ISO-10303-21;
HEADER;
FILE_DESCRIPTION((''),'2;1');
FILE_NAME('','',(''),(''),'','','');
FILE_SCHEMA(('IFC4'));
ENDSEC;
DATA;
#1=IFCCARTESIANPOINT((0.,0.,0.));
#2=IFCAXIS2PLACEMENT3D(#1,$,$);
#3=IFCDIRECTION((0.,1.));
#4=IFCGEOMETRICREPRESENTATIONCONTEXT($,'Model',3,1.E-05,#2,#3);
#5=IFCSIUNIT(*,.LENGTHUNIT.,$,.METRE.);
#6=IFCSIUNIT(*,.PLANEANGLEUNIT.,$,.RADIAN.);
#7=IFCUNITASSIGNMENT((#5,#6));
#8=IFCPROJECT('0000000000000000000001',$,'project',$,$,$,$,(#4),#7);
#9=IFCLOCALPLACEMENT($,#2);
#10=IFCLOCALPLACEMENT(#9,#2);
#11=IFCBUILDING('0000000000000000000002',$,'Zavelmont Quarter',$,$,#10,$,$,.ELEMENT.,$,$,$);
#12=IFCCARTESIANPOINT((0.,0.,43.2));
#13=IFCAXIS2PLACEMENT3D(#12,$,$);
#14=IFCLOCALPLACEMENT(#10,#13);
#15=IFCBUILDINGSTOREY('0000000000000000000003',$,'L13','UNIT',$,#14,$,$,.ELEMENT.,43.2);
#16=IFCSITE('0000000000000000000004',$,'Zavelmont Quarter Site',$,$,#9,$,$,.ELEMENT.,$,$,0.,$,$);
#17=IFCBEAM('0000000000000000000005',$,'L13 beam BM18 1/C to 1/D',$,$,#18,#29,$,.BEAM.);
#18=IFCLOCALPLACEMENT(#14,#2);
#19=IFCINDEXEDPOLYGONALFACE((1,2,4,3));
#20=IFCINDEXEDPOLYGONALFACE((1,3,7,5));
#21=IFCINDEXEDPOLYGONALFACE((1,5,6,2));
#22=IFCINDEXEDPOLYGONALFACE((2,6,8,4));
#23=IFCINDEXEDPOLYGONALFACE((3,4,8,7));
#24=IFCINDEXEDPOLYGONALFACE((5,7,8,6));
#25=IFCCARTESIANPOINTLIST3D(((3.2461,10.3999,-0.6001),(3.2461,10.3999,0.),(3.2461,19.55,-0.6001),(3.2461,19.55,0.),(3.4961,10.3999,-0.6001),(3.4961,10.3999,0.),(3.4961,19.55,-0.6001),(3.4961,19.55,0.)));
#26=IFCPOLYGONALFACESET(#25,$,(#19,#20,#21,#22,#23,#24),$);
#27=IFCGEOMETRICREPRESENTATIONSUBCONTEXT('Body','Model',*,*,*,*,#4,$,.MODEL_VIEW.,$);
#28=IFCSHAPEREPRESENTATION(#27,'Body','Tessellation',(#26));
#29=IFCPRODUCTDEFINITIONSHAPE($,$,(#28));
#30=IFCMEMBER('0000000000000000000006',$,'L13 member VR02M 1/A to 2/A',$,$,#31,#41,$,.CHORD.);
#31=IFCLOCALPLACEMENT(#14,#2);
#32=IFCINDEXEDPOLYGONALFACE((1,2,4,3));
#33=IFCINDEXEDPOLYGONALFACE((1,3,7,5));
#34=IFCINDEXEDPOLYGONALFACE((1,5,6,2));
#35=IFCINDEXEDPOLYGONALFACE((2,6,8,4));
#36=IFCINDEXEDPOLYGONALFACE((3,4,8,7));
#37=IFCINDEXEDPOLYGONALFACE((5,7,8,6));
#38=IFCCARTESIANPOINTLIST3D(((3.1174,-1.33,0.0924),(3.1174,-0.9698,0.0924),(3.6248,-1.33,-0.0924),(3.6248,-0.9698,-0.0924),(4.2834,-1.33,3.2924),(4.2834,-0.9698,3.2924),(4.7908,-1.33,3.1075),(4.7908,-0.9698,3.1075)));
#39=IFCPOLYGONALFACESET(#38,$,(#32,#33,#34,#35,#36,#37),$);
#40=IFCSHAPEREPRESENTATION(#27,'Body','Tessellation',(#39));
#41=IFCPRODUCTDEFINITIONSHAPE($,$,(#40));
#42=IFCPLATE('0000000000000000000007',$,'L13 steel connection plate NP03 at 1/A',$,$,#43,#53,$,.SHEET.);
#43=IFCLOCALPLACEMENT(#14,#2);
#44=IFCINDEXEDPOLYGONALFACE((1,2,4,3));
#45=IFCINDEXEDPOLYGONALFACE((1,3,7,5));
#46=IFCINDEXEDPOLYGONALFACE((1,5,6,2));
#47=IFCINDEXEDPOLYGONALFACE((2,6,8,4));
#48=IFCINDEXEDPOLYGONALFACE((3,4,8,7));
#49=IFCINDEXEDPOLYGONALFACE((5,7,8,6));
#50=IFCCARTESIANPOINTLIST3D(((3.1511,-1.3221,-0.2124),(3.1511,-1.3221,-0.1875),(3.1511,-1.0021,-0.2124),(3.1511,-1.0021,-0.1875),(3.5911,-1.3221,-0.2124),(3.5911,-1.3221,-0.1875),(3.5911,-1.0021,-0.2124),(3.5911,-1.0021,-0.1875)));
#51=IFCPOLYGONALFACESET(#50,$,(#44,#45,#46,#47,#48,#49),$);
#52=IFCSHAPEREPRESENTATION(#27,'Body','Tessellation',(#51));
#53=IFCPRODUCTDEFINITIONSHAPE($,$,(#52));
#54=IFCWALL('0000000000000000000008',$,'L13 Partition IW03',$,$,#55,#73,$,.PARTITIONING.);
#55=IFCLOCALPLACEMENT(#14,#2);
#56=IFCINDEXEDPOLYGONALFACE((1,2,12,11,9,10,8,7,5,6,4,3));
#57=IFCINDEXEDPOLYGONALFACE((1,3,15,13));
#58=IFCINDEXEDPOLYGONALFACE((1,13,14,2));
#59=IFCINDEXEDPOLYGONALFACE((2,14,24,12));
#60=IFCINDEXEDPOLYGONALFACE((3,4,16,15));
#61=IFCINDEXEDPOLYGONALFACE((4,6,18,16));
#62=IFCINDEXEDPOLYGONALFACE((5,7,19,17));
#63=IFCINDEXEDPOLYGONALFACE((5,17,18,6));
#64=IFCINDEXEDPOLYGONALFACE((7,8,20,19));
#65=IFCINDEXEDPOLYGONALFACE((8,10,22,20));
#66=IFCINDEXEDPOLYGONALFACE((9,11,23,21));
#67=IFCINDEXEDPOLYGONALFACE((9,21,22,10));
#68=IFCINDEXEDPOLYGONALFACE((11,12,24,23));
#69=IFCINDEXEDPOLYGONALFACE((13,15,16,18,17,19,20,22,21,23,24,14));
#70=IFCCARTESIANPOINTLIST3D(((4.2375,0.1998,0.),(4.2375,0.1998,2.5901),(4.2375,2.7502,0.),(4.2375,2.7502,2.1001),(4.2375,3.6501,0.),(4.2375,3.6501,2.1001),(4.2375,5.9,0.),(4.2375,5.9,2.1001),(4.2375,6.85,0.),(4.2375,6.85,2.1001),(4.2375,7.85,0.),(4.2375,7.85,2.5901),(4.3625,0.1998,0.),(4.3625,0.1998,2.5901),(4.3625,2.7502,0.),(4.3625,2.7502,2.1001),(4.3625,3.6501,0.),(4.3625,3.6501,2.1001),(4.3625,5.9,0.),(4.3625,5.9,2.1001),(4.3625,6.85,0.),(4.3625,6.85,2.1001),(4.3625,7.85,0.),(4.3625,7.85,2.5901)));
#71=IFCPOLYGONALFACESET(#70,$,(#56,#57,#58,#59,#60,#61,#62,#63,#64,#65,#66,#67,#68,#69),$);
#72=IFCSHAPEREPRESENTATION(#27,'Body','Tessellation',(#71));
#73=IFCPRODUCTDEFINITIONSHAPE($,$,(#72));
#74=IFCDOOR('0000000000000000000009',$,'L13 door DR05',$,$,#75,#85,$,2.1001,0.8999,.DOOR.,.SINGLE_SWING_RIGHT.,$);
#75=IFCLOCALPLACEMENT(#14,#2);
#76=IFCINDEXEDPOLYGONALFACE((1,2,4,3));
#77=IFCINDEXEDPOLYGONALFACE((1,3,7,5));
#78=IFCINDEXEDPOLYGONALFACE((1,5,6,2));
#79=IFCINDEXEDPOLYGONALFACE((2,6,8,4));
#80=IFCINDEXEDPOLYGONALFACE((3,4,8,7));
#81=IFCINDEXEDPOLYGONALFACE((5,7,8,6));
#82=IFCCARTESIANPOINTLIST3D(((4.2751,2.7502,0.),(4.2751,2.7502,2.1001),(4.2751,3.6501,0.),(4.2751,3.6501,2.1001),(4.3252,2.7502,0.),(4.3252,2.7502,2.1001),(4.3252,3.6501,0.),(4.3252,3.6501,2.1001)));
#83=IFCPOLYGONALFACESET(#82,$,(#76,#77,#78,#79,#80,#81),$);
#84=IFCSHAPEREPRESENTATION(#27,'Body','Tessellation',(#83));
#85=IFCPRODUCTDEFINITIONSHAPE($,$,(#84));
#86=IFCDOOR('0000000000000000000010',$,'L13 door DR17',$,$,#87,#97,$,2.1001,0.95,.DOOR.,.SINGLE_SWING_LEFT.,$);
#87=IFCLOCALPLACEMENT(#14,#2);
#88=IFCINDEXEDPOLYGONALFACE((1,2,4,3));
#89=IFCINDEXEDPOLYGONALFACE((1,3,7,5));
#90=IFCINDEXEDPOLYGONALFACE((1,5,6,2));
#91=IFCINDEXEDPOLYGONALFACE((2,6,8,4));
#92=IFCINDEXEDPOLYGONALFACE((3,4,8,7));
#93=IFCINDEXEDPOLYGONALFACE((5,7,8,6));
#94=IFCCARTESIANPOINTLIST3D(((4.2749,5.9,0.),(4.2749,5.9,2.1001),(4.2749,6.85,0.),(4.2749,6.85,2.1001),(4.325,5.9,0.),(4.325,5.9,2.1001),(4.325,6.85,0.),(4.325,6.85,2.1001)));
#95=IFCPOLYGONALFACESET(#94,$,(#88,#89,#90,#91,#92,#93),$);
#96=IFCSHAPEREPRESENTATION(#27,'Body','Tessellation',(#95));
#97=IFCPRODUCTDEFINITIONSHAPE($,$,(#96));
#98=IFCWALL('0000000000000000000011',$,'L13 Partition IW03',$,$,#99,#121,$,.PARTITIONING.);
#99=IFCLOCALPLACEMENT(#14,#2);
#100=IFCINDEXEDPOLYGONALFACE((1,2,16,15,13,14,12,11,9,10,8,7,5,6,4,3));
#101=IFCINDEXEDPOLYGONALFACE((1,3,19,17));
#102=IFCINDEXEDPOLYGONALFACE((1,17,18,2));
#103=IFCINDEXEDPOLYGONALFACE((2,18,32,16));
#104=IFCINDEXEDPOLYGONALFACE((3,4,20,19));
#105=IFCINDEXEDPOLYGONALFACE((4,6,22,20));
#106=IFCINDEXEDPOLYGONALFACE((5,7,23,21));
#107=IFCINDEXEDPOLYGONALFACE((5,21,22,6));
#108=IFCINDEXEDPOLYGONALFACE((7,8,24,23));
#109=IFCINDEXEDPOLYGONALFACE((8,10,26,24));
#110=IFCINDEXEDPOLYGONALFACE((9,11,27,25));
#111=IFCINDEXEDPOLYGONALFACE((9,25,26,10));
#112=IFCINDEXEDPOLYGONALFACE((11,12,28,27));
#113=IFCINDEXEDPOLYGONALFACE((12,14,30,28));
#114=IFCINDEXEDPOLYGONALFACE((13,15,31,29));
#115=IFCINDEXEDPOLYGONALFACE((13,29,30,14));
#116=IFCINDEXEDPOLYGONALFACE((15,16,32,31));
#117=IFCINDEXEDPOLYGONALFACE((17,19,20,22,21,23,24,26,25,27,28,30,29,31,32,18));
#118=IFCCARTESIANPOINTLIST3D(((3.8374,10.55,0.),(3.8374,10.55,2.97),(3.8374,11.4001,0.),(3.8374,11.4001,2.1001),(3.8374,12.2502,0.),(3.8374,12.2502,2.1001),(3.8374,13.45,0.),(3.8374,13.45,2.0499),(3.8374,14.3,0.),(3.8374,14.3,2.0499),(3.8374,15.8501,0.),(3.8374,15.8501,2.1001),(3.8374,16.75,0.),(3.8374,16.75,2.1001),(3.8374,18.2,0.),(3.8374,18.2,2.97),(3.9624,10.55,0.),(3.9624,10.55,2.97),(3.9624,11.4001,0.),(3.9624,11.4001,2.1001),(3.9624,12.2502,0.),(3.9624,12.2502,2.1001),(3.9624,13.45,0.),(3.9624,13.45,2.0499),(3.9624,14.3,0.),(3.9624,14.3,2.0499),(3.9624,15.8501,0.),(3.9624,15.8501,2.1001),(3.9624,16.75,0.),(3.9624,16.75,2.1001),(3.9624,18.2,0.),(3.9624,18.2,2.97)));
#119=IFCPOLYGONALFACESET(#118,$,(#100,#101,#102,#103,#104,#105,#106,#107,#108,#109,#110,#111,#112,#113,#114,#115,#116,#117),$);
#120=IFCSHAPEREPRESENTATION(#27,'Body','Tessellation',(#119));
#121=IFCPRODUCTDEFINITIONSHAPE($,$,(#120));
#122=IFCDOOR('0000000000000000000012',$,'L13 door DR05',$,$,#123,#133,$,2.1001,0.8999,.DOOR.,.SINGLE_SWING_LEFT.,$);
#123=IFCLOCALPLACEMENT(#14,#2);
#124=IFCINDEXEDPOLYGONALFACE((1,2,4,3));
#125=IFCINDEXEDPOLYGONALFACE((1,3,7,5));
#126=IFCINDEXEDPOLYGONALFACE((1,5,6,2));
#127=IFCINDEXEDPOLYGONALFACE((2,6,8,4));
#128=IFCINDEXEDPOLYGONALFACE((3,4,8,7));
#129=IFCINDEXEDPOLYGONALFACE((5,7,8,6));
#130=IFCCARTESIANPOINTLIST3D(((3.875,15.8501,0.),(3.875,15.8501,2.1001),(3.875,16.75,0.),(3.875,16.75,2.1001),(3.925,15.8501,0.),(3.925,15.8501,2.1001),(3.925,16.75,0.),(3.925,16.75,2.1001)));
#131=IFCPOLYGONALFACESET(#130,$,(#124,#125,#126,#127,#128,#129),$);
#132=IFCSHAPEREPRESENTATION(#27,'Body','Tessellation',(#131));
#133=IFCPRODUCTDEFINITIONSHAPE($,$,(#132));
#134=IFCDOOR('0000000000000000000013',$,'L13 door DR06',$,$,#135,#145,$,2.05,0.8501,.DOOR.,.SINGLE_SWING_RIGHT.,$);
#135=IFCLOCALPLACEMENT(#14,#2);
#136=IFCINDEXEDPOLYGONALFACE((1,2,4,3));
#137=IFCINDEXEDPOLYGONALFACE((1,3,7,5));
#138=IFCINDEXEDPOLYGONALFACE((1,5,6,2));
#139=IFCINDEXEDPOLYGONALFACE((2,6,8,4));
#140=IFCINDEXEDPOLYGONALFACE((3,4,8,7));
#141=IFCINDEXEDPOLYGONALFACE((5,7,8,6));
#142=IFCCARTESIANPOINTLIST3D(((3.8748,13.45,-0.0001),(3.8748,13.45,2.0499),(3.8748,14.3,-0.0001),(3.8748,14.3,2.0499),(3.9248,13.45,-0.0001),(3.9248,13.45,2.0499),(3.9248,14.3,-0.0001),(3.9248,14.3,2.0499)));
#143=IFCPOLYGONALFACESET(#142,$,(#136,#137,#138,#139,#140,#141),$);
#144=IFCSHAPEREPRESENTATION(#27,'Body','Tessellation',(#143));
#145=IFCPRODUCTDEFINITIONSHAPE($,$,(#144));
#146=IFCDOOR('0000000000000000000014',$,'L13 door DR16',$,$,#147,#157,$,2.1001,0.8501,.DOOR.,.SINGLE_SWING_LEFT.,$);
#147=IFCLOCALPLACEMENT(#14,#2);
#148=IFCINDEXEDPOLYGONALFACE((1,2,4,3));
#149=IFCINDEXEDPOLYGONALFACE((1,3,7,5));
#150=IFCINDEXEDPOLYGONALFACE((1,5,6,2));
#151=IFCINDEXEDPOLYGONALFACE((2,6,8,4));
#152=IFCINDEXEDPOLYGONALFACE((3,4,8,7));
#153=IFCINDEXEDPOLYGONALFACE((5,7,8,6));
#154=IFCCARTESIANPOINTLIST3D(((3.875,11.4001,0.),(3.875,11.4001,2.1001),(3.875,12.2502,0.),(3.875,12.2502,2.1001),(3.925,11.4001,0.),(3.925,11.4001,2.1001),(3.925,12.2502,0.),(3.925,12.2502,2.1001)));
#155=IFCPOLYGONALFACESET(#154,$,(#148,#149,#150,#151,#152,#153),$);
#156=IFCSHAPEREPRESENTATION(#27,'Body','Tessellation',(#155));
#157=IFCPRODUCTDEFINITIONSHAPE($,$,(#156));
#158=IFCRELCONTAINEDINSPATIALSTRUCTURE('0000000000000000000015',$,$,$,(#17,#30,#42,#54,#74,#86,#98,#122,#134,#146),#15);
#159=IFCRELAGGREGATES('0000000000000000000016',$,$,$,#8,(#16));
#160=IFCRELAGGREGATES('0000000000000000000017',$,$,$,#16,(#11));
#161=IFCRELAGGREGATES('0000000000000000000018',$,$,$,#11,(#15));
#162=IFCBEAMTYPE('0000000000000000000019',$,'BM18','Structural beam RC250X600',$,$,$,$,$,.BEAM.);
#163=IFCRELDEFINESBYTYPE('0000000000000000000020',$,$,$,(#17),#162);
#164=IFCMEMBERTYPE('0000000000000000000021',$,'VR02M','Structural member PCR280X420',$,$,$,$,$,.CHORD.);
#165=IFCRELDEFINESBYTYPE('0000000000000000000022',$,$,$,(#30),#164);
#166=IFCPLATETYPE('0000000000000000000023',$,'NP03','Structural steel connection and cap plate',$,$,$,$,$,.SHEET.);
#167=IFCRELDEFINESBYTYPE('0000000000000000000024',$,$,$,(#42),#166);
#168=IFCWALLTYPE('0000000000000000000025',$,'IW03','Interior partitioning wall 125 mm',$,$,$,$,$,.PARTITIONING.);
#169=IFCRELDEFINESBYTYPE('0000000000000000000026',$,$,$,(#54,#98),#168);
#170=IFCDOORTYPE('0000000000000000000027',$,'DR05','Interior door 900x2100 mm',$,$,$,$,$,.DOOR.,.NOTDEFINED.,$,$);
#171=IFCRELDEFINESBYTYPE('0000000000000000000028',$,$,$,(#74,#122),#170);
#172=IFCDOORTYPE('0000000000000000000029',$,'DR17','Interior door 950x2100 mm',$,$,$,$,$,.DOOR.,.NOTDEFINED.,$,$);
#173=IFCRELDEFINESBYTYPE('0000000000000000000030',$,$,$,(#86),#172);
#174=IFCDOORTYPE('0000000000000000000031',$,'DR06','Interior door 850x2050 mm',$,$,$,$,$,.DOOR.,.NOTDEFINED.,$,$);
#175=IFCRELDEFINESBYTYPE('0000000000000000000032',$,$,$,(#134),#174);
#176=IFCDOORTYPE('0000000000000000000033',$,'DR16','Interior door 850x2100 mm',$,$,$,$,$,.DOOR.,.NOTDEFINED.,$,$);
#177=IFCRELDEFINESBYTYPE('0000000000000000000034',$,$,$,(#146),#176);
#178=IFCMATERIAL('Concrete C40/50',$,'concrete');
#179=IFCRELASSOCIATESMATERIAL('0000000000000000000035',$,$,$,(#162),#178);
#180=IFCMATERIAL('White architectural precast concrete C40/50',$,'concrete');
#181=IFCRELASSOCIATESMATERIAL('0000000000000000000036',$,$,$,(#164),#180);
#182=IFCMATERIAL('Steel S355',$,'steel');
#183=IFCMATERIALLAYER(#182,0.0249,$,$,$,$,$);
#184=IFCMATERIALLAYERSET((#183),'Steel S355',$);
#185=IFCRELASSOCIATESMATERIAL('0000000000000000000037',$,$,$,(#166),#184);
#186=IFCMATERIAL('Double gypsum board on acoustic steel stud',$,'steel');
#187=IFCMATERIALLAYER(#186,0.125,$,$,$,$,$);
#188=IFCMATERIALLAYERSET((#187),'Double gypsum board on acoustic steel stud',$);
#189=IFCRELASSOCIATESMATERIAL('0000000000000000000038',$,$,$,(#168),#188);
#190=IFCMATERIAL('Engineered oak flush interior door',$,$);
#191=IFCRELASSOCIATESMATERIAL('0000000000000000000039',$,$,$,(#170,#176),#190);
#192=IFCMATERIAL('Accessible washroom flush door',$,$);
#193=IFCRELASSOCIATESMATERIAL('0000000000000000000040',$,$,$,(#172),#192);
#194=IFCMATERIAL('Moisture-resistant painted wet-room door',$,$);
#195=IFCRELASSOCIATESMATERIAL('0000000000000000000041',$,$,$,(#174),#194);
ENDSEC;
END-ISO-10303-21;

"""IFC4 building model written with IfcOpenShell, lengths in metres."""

from ifc_helpers import new_model, si_unit, direction, frame, frame_2d, origin, origin_with_axes, origin_2d, place, context, subcontext, project, spatial, rectangle, extrude, material, layer, layer_set, material_profile, profile_set, type_object, element, fill, save


model = new_model("IFC4")

# Units and contexts
model_context = context("Model", 3, precision=1e-05, world=origin(), true_north=direction((0.0, 1.0)))
body_context = subcontext(model_context, "Body", "Model", "MODEL_VIEW")
ifc_project = project(units=[si_unit("LENGTHUNIT", "METRE"), si_unit("PLANEANGLEUNIT", "RADIAN")], contexts=[model_context])

# Site, building, storey
site_placement = place(None, origin())
site = spatial("IfcSite", under=ifc_project, at=site_placement, Name="Zavelmont Quarter Site", CompositionType="ELEMENT", RefElevation=0.0)
building_placement = place(site_placement, origin())
building = spatial("IfcBuilding", under=site, at=building_placement, Name="Zavelmont Quarter", CompositionType="ELEMENT")
storey_placement = place(building_placement, frame((0.0, 0.0, 43.2)))
storey = spatial("IfcBuildingStorey", under=building, at=storey_placement, Name="L13", Description="UNIT", CompositionType="ELEMENT", Elevation=43.2)

# Beam
ifc_material_1 = material(Name="Steel S355", Category="steel")
ifc_material_2 = material(Name="Concrete C40/50", Category="concrete")
ifc_material_profile_1 = material_profile(ifc_material_2, rectangle(XDim=0.25, YDim=0.6001, at=origin_2d()), Name="RC250X600")
ifc_profile_set_1 = profile_set([ifc_material_profile_1], Name="Concrete C40/50")
beam_type_1 = type_object("IfcBeamType", Name="BM18", Description="Structural beam RC250X600", PredefinedType="BEAM", material=ifc_profile_set_1)
beam_1_placement = place(storey_placement, frame((3.3711, 10.3999, -0.3), z_axis=(0.0, 1.0, 0.0), x_axis=(-1.0, 0.0, 0.0)))
element("IfcBeam", 1, at=beam_1_placement, inside=storey, type_object=beam_type_1, Name="L13 beam BM18 1/C to 1/D", PredefinedType="BEAM", context=body_context, shape_type="SweptSolid", body=[
    extrude(rectangle(XDim=0.25, YDim=0.6001, at=origin_2d()), origin(), (0.0, 0.0, 1.0), 9.1501),
])

# Member
ifc_material_3 = material(Name="White architectural precast concrete C40/50", Category="concrete")
ifc_material_profile_2 = material_profile(ifc_material_3, rectangle(XDim=0.3601, YDim=0.54, at=origin_2d()), Name="PCR280X420")
ifc_profile_set_2 = profile_set([ifc_material_profile_2], Name="White architectural precast concrete C40/50")
member_type = type_object("IfcMemberType", Name="VR02M", Description="Structural member PCR280X420", PredefinedType="CHORD", material=ifc_profile_set_2)
member_placement = place(storey_placement, frame((3.3711, -1.1499, 0.0), z_axis=(0.342365, 0.0, 0.939567), x_axis=(0.0, 1.0, 0.0)))
element("IfcMember", 2, at=member_placement, inside=storey, type_object=member_type, Name="L13 member VR02M 1/A to 2/A", PredefinedType="CHORD", context=body_context, shape_type="SweptSolid", body=[
    extrude(rectangle(XDim=0.3601, YDim=0.54, at=origin_2d()), origin(), (0.0, 0.0, 1.0), 3.4058),
])

# Plate
ifc_layer_1 = layer(ifc_material_1, 0.0249)
ifc_layer_set_1 = layer_set([ifc_layer_1], Name="Steel S355")
plate_type = type_object("IfcPlateType", Name="NP03", Description="Structural steel connection and cap plate", PredefinedType="SHEET", material=ifc_layer_set_1)
plate_placement = place(storey_placement, frame((3.3711, -1.1621, -0.2124), z_axis=(0.0, 0.0, 1.0), x_axis=(1.0, 0.0, 0.0)))
element("IfcPlate", 3, at=plate_placement, inside=storey, type_object=plate_type, Name="L13 steel connection plate NP03 at 1/A", PredefinedType="SHEET", context=body_context, shape_type="SweptSolid", body=[
    extrude(rectangle(XDim=0.4399, YDim=0.3201, at=origin_2d()), origin(), (0.0, 0.0, 1.0), 0.0249),
])

# Walls, openings, doors
ifc_material_4 = material(Name="Double gypsum board on acoustic steel stud", Category="steel")
ifc_layer_2 = layer(ifc_material_4, 0.125)
ifc_layer_set_2 = layer_set([ifc_layer_2], Name="Double gypsum board on acoustic steel stud")
wall_type_1 = type_object("IfcWallType", Name="IW03", Description="Interior partitioning wall 125 mm", PredefinedType="PARTITIONING", material=ifc_layer_set_2)
wall_1_placement = place(storey_placement, frame((4.3, 7.8501, 0.0), z_axis=(0.0, 0.0, 1.0), x_axis=(0.0, -1.0, 0.0)))
wall_1 = element("IfcWall", 4, at=wall_1_placement, inside=storey, type_object=wall_type_1, Name="L13 Partition IW03", PredefinedType="PARTITIONING", context=body_context, shape_type="SweptSolid", body=[
    extrude(rectangle(XDim=7.6501, YDim=0.125, at=frame_2d((3.8252, 0.0))), origin(), (0.0, 0.0, 1.0), 2.5901),
])
opening_1_placement = place(wall_1_placement, frame((1.0, 0.0, 0.0)))
opening_1 = element("IfcOpeningElement", 5, at=opening_1_placement, cuts=wall_1, PredefinedType="OPENING", context=body_context, shape_type="SweptSolid", body=[
    extrude(rectangle(XDim=0.95, YDim=2.1001, at=frame_2d((0.4751, 1.05))), frame((0.0, 0.0745, 0.0), z_axis=(0.0, -1.0, 0.0), x_axis=(1.0, 0.0, 0.0)), (0.0, 0.0, 1.0), 0.1489),
])
opening_2_placement = place(wall_1_placement, frame((4.2, 0.0, 0.0)))
opening_2 = element("IfcOpeningElement", 6, at=opening_2_placement, cuts=wall_1, PredefinedType="OPENING", context=body_context, shape_type="SweptSolid", body=[
    extrude(rectangle(XDim=0.8999, YDim=2.1001, at=frame_2d((0.45, 1.05))), frame((0.0, 0.0745, 0.0), z_axis=(0.0, -1.0, 0.0), x_axis=(1.0, 0.0, 0.0)), (0.0, 0.0, 1.0), 0.1489),
])
ifc_material_5 = material(Name="Engineered oak flush interior door")
door_type_1 = type_object("IfcDoorType", Name="DR05", Description="Interior door 900x2100 mm", OperationType="NOTDEFINED", PredefinedType="DOOR", material=ifc_material_5)
door_1_placement = place(opening_2_placement, frame((0.8999, 0.0, 0.0), z_axis=(0.0, 0.0, 1.0), x_axis=(-1.0, 0.0, 0.0)))
door_1 = element("IfcDoor", 7, at=door_1_placement, inside=storey, type_object=door_type_1, Name="L13 door DR05", OperationType="SINGLE_SWING_RIGHT", OverallHeight=2.1001, OverallWidth=0.8999, PredefinedType="DOOR", context=body_context, shape_type="SweptSolid", body=[
    extrude(rectangle(XDim=0.8999, YDim=2.1001, at=frame_2d((0.45, 1.05))), frame((0.0, 0.0249, 0.0), z_axis=(0.0, -1.0, 0.0), x_axis=(1.0, 0.0, 0.0)), (0.0, 0.0, 1.0), 0.05),
])
fill(opening_2, door_1)
ifc_material_6 = material(Name="Accessible washroom flush door")
door_type_2 = type_object("IfcDoorType", Name="DR17", Description="Interior door 950x2100 mm", OperationType="NOTDEFINED", PredefinedType="DOOR", material=ifc_material_6)
door_2_placement = place(opening_1_placement, origin_with_axes())
door_2 = element("IfcDoor", 8, at=door_2_placement, inside=storey, type_object=door_type_2, Name="L13 door DR17", OperationType="SINGLE_SWING_LEFT", OverallHeight=2.1001, OverallWidth=0.95, PredefinedType="DOOR", context=body_context, shape_type="SweptSolid", body=[
    extrude(rectangle(XDim=0.95, YDim=2.1001, at=frame_2d((0.4751, 1.05))), frame((0.0, 0.0249, 0.0), z_axis=(0.0, -1.0, 0.0), x_axis=(1.0, 0.0, 0.0)), (0.0, 0.0, 1.0), 0.05),
])
fill(opening_1, door_2)
wall_2_placement = place(storey_placement, frame((3.8999, 10.55, 0.0), z_axis=(0.0, 0.0, 1.0), x_axis=(0.0, 1.0, 0.0)))
wall_2 = element("IfcWall", 9, at=wall_2_placement, inside=storey, type_object=wall_type_1, Name="L13 Partition IW03", PredefinedType="PARTITIONING", context=body_context, shape_type="SweptSolid", body=[
    extrude(rectangle(XDim=7.6499, YDim=0.125, at=frame_2d((3.825, 0.0))), origin(), (0.0, 0.0, 1.0), 2.97),
])
opening_3_placement = place(wall_2_placement, frame((0.8501, 0.0, 0.0)))
opening_3 = element("IfcOpeningElement", 10, at=opening_3_placement, cuts=wall_2, PredefinedType="OPENING", context=body_context, shape_type="SweptSolid", body=[
    extrude(rectangle(XDim=0.8501, YDim=2.1001, at=frame_2d((0.425, 1.05))), frame((0.0, 0.0745, 0.0), z_axis=(0.0, -1.0, 0.0), x_axis=(1.0, 0.0, 0.0)), (0.0, 0.0, 1.0), 0.1489),
])
opening_4_placement = place(wall_2_placement, frame((2.8999, 0.0, 0.0)))
opening_4 = element("IfcOpeningElement", 11, at=opening_4_placement, cuts=wall_2, PredefinedType="OPENING", context=body_context, shape_type="SweptSolid", body=[
    extrude(rectangle(XDim=0.8501, YDim=2.05, at=frame_2d((0.425, 1.0249))), frame((0.0, 0.0745, 0.0), z_axis=(0.0, -1.0, 0.0), x_axis=(1.0, 0.0, 0.0)), (0.0, 0.0, 1.0), 0.1489),
])
opening_5_placement = place(wall_2_placement, frame((5.3, 0.0, 0.0)))
opening_5 = element("IfcOpeningElement", 12, at=opening_5_placement, cuts=wall_2, PredefinedType="OPENING", context=body_context, shape_type="SweptSolid", body=[
    extrude(rectangle(XDim=0.8999, YDim=2.1001, at=frame_2d((0.45, 1.05))), frame((0.0, 0.0745, 0.0), z_axis=(0.0, -1.0, 0.0), x_axis=(1.0, 0.0, 0.0)), (0.0, 0.0, 1.0), 0.1489),
])
door_3_placement = place(opening_5_placement, origin_with_axes())
door_3 = element("IfcDoor", 13, at=door_3_placement, inside=storey, type_object=door_type_1, Name="L13 door DR05", OperationType="SINGLE_SWING_LEFT", OverallHeight=2.1001, OverallWidth=0.8999, PredefinedType="DOOR", context=body_context, shape_type="SweptSolid", body=[
    extrude(rectangle(XDim=0.8999, YDim=2.1001, at=frame_2d((0.45, 1.05))), frame((0.0, 0.0249, 0.0), z_axis=(0.0, -1.0, 0.0), x_axis=(1.0, 0.0, 0.0)), (0.0, 0.0, 1.0), 0.05),
])
fill(opening_5, door_3)
ifc_material_7 = material(Name="Moisture-resistant painted wet-room door")
door_type_3 = type_object("IfcDoorType", Name="DR06", Description="Interior door 850x2050 mm", OperationType="NOTDEFINED", PredefinedType="DOOR", material=ifc_material_7)
door_4_placement = place(opening_4_placement, frame((0.8501, 0.0, 0.0), z_axis=(0.0, 0.0, 1.0), x_axis=(-1.0, 0.0, 0.0)))
door_4 = element("IfcDoor", 14, at=door_4_placement, inside=storey, type_object=door_type_3, Name="L13 door DR06", OperationType="SINGLE_SWING_RIGHT", OverallHeight=2.05, OverallWidth=0.8501, PredefinedType="DOOR", context=body_context, shape_type="SweptSolid", body=[
    extrude(rectangle(XDim=0.8501, YDim=2.05, at=frame_2d((0.425, 1.0249))), frame((0.0, 0.0249, 0.0), z_axis=(0.0, -1.0, 0.0), x_axis=(1.0, 0.0, 0.0)), (0.0, 0.0, 1.0), 0.05),
])
fill(opening_4, door_4)
door_type_4 = type_object("IfcDoorType", Name="DR16", Description="Interior door 850x2100 mm", OperationType="NOTDEFINED", PredefinedType="DOOR", material=ifc_material_5)
door_5_placement = place(opening_3_placement, origin_with_axes())
door_5 = element("IfcDoor", 15, at=door_5_placement, inside=storey, type_object=door_type_4, Name="L13 door DR16", OperationType="SINGLE_SWING_LEFT", OverallHeight=2.1001, OverallWidth=0.8501, PredefinedType="DOOR", context=body_context, shape_type="SweptSolid", body=[
    extrude(rectangle(XDim=0.8501, YDim=2.1001, at=frame_2d((0.425, 1.05))), frame((0.0, 0.0249, 0.0), z_axis=(0.0, -1.0, 0.0), x_axis=(1.0, 0.0, 0.0)), (0.0, 0.0, 1.0), 0.05),
])
fill(opening_3, door_5)

save(model, "model.ifc")
